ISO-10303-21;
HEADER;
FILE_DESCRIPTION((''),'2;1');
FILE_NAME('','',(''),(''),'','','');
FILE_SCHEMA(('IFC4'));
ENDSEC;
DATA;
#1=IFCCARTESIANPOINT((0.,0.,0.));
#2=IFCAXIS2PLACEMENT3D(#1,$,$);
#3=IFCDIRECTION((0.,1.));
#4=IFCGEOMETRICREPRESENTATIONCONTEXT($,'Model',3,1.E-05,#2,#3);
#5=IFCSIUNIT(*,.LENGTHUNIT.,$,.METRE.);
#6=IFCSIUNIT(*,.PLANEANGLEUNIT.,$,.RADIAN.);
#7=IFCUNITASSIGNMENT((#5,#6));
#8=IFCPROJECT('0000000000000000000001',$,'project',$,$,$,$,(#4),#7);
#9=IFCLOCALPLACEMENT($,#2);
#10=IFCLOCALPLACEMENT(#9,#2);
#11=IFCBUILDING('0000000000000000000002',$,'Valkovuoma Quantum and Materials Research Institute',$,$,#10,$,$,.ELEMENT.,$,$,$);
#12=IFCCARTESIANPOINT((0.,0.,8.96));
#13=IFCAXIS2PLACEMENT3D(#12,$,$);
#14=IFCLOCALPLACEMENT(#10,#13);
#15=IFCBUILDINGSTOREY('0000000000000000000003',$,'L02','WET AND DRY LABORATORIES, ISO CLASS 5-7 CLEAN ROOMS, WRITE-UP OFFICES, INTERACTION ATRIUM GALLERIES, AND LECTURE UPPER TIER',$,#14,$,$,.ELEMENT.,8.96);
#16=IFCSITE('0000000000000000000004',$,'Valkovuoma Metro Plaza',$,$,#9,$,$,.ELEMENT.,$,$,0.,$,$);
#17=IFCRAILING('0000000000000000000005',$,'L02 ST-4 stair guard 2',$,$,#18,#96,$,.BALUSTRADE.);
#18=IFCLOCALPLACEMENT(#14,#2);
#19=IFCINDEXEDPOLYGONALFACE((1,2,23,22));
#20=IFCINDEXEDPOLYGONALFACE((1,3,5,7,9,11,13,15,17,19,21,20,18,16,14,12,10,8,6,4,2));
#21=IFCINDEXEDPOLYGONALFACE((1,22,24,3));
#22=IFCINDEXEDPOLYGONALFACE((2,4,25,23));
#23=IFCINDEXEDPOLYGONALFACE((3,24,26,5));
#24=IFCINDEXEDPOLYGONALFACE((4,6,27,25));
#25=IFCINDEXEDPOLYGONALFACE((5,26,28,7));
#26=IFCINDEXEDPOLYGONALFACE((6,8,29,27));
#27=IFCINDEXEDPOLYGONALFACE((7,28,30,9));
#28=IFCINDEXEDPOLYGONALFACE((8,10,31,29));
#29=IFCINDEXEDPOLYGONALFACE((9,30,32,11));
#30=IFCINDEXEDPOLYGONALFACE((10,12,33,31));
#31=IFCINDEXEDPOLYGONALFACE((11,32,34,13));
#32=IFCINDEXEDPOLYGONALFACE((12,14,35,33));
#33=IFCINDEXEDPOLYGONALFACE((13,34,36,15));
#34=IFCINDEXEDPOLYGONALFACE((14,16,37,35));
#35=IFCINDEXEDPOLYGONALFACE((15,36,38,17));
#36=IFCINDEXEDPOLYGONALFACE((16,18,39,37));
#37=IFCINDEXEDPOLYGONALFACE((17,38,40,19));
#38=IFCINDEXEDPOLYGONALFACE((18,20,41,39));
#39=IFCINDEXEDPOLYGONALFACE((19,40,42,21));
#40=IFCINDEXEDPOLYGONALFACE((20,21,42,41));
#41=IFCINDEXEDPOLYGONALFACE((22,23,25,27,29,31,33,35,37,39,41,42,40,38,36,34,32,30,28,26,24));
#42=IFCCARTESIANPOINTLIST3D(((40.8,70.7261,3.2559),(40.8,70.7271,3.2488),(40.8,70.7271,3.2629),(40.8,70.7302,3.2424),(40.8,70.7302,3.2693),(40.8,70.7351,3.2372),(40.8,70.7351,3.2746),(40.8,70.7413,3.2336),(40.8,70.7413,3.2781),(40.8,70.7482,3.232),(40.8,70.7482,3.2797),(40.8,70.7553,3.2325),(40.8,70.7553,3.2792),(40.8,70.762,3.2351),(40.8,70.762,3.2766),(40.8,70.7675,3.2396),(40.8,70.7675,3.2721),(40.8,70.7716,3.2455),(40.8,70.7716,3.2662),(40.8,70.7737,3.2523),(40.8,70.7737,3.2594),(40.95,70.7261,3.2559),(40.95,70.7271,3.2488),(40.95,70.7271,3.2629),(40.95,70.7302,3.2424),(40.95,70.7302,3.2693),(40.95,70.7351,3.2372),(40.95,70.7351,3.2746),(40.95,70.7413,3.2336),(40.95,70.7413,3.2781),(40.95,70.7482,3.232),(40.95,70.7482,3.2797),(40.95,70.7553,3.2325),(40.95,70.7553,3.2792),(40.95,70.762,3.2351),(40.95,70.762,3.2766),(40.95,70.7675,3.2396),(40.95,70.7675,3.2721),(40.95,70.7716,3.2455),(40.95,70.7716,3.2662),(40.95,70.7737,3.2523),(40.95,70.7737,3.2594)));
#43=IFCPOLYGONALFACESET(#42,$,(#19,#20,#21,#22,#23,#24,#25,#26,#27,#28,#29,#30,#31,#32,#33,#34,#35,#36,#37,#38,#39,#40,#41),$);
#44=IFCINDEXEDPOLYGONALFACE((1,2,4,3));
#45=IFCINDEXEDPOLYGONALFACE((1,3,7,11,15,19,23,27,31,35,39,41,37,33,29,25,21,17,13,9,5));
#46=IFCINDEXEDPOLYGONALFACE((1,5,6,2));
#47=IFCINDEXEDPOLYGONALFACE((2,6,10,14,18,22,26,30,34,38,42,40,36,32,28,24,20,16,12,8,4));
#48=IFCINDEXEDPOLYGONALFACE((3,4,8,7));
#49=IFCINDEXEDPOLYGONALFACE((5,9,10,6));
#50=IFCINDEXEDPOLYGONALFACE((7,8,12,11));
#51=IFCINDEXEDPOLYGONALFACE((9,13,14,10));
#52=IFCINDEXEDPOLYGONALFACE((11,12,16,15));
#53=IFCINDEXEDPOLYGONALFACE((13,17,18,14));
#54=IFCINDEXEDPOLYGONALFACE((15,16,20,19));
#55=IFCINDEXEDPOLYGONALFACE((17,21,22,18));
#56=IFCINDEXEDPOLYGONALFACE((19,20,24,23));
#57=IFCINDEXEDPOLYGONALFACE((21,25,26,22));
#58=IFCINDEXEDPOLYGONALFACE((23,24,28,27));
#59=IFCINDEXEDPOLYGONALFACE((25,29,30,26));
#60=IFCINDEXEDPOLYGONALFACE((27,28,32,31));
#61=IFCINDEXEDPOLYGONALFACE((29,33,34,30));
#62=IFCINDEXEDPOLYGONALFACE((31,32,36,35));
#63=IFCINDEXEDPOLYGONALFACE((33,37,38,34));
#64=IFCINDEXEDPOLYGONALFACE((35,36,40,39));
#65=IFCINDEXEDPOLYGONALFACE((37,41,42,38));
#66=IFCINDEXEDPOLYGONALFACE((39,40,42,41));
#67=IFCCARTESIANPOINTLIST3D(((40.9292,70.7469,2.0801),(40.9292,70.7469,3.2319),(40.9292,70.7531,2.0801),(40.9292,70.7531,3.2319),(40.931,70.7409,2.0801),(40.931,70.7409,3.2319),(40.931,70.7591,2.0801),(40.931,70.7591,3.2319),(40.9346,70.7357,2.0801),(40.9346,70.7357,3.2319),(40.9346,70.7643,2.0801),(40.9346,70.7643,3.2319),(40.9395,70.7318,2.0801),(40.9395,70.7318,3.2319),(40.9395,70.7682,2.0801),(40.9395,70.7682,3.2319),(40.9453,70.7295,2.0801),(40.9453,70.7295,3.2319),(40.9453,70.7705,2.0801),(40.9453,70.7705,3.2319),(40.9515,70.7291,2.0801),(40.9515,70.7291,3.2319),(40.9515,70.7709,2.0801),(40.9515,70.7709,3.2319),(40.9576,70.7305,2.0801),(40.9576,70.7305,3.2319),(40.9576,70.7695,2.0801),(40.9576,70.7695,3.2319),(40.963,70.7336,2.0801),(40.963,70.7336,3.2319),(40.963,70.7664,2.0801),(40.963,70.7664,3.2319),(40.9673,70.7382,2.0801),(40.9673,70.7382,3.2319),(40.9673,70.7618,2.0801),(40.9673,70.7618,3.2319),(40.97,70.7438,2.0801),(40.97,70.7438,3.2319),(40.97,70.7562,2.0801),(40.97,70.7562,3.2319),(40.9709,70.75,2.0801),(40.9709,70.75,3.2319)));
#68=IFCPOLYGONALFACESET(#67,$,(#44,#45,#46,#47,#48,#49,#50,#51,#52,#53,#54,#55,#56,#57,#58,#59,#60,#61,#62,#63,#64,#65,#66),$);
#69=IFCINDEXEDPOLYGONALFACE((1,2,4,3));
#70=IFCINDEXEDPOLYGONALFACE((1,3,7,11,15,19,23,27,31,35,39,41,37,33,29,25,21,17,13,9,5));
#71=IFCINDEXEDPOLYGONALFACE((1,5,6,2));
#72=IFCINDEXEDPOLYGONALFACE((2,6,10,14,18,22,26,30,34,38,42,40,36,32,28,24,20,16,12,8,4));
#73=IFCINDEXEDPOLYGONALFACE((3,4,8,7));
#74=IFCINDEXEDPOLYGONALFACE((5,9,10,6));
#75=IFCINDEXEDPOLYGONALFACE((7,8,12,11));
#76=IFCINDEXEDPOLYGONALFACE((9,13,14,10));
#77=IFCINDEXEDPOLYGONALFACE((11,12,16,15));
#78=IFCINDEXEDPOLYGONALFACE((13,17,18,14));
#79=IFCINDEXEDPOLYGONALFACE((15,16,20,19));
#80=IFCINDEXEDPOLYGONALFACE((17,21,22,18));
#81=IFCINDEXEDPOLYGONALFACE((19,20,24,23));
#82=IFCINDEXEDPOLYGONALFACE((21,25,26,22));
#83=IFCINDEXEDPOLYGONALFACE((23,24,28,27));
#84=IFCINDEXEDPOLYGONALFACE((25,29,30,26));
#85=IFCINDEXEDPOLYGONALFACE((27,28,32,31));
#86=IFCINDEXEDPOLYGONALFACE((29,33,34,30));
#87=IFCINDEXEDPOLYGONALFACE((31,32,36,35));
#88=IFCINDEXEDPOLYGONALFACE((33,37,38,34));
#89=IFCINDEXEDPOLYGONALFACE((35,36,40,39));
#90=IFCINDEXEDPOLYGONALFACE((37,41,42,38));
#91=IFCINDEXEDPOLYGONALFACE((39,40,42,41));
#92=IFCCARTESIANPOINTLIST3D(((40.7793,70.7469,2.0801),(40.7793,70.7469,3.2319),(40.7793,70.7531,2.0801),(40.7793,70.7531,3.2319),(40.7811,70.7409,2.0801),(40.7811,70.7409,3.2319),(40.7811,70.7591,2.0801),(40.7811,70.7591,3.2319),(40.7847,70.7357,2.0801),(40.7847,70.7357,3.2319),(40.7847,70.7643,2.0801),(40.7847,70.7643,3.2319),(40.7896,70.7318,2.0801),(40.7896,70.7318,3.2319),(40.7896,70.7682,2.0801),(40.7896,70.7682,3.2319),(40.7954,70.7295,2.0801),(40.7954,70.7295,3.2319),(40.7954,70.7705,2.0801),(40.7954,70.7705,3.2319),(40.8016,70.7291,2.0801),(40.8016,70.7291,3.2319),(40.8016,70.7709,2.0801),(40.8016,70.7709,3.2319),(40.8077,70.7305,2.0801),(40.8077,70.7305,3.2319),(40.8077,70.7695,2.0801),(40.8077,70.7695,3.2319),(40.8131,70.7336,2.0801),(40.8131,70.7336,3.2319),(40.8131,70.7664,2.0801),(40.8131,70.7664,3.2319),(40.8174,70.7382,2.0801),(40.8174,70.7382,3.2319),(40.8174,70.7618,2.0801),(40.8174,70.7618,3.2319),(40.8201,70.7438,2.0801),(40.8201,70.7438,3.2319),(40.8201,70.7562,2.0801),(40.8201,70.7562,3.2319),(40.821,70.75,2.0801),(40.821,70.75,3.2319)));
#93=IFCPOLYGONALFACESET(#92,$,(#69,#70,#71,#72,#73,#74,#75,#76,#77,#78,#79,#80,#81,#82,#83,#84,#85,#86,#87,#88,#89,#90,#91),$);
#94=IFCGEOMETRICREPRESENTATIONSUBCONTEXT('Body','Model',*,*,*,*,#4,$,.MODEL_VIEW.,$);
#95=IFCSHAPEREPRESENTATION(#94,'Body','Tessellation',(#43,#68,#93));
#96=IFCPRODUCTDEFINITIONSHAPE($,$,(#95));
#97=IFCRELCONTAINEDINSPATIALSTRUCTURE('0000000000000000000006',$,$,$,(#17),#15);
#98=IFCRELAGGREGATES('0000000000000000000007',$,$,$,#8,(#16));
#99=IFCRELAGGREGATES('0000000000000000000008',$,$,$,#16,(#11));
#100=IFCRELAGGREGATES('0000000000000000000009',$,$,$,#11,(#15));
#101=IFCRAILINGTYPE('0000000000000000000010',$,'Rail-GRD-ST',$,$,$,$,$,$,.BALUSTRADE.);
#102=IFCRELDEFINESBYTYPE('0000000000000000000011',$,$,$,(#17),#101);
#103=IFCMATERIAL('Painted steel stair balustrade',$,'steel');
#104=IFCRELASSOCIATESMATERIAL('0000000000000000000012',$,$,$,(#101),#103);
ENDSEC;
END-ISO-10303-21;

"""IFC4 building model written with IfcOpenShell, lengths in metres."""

from ifc_helpers import new_model, si_unit, direction, frame, origin, origin_2d, place, context, subcontext, project, spatial, circle, extrude, material, type_object, element, save


model = new_model("IFC4")

# Units and contexts
model_context = context("Model", 3, precision=1e-05, world=origin(), true_north=direction((0.0, 1.0)))
body_context = subcontext(model_context, "Body", "Model", "MODEL_VIEW")
ifc_project = project(units=[si_unit("LENGTHUNIT", "METRE"), si_unit("PLANEANGLEUNIT", "RADIAN")], contexts=[model_context])

# Site, building, storey
site_placement = place(None, origin())
site = spatial("IfcSite", under=ifc_project, at=site_placement, Name="Valkovuoma Metro Plaza", CompositionType="ELEMENT", RefElevation=0.0)
building_placement = place(site_placement, origin())
building = spatial("IfcBuilding", under=site, at=building_placement, Name="Valkovuoma Quantum and Materials Research Institute", CompositionType="ELEMENT")
storey_placement = place(building_placement, frame((0.0, 0.0, 8.96)))
storey = spatial("IfcBuildingStorey", under=building, at=storey_placement, Name="L02", Description="WET AND DRY LABORATORIES, ISO CLASS 5-7 CLEAN ROOMS, WRITE-UP OFFICES, INTERACTION ATRIUM GALLERIES, AND LECTURE UPPER TIER", CompositionType="ELEMENT", Elevation=8.96)

# Railing
ifc_material_1 = material(Name="Painted steel stair balustrade", Category="steel")
railing_type_1 = type_object("IfcRailingType", Name="Rail-GRD-ST", PredefinedType="BALUSTRADE", material=ifc_material_1)
railing_1_placement = place(storey_placement, frame((40.95, 70.75, 2.0801)))
element("IfcRailing", 1, at=railing_1_placement, inside=storey, type_object=railing_type_1, Name="L02 ST-4 stair guard 2", PredefinedType="BALUSTRADE", context=body_context, shape_type="SweptSolid", body=[
    extrude(circle(Radius=0.0239, at=origin_2d()), frame((0.0, 0.0, 1.1758), z_axis=(-1.0, 0.0, 0.0), x_axis=(0.0, -1.0, 0.0)), (0.0, 0.0, 1.0), 0.1499),
    extrude(circle(Radius=0.021, at=origin_2d()), origin(), (0.0, 0.0, 1.0), 1.1519),
    extrude(circle(Radius=0.021, at=origin_2d()), frame((-0.1499, 0.0, 0.0)), (0.0, 0.0, 1.0), 1.1519),
])

save(model, "model.ifc")
